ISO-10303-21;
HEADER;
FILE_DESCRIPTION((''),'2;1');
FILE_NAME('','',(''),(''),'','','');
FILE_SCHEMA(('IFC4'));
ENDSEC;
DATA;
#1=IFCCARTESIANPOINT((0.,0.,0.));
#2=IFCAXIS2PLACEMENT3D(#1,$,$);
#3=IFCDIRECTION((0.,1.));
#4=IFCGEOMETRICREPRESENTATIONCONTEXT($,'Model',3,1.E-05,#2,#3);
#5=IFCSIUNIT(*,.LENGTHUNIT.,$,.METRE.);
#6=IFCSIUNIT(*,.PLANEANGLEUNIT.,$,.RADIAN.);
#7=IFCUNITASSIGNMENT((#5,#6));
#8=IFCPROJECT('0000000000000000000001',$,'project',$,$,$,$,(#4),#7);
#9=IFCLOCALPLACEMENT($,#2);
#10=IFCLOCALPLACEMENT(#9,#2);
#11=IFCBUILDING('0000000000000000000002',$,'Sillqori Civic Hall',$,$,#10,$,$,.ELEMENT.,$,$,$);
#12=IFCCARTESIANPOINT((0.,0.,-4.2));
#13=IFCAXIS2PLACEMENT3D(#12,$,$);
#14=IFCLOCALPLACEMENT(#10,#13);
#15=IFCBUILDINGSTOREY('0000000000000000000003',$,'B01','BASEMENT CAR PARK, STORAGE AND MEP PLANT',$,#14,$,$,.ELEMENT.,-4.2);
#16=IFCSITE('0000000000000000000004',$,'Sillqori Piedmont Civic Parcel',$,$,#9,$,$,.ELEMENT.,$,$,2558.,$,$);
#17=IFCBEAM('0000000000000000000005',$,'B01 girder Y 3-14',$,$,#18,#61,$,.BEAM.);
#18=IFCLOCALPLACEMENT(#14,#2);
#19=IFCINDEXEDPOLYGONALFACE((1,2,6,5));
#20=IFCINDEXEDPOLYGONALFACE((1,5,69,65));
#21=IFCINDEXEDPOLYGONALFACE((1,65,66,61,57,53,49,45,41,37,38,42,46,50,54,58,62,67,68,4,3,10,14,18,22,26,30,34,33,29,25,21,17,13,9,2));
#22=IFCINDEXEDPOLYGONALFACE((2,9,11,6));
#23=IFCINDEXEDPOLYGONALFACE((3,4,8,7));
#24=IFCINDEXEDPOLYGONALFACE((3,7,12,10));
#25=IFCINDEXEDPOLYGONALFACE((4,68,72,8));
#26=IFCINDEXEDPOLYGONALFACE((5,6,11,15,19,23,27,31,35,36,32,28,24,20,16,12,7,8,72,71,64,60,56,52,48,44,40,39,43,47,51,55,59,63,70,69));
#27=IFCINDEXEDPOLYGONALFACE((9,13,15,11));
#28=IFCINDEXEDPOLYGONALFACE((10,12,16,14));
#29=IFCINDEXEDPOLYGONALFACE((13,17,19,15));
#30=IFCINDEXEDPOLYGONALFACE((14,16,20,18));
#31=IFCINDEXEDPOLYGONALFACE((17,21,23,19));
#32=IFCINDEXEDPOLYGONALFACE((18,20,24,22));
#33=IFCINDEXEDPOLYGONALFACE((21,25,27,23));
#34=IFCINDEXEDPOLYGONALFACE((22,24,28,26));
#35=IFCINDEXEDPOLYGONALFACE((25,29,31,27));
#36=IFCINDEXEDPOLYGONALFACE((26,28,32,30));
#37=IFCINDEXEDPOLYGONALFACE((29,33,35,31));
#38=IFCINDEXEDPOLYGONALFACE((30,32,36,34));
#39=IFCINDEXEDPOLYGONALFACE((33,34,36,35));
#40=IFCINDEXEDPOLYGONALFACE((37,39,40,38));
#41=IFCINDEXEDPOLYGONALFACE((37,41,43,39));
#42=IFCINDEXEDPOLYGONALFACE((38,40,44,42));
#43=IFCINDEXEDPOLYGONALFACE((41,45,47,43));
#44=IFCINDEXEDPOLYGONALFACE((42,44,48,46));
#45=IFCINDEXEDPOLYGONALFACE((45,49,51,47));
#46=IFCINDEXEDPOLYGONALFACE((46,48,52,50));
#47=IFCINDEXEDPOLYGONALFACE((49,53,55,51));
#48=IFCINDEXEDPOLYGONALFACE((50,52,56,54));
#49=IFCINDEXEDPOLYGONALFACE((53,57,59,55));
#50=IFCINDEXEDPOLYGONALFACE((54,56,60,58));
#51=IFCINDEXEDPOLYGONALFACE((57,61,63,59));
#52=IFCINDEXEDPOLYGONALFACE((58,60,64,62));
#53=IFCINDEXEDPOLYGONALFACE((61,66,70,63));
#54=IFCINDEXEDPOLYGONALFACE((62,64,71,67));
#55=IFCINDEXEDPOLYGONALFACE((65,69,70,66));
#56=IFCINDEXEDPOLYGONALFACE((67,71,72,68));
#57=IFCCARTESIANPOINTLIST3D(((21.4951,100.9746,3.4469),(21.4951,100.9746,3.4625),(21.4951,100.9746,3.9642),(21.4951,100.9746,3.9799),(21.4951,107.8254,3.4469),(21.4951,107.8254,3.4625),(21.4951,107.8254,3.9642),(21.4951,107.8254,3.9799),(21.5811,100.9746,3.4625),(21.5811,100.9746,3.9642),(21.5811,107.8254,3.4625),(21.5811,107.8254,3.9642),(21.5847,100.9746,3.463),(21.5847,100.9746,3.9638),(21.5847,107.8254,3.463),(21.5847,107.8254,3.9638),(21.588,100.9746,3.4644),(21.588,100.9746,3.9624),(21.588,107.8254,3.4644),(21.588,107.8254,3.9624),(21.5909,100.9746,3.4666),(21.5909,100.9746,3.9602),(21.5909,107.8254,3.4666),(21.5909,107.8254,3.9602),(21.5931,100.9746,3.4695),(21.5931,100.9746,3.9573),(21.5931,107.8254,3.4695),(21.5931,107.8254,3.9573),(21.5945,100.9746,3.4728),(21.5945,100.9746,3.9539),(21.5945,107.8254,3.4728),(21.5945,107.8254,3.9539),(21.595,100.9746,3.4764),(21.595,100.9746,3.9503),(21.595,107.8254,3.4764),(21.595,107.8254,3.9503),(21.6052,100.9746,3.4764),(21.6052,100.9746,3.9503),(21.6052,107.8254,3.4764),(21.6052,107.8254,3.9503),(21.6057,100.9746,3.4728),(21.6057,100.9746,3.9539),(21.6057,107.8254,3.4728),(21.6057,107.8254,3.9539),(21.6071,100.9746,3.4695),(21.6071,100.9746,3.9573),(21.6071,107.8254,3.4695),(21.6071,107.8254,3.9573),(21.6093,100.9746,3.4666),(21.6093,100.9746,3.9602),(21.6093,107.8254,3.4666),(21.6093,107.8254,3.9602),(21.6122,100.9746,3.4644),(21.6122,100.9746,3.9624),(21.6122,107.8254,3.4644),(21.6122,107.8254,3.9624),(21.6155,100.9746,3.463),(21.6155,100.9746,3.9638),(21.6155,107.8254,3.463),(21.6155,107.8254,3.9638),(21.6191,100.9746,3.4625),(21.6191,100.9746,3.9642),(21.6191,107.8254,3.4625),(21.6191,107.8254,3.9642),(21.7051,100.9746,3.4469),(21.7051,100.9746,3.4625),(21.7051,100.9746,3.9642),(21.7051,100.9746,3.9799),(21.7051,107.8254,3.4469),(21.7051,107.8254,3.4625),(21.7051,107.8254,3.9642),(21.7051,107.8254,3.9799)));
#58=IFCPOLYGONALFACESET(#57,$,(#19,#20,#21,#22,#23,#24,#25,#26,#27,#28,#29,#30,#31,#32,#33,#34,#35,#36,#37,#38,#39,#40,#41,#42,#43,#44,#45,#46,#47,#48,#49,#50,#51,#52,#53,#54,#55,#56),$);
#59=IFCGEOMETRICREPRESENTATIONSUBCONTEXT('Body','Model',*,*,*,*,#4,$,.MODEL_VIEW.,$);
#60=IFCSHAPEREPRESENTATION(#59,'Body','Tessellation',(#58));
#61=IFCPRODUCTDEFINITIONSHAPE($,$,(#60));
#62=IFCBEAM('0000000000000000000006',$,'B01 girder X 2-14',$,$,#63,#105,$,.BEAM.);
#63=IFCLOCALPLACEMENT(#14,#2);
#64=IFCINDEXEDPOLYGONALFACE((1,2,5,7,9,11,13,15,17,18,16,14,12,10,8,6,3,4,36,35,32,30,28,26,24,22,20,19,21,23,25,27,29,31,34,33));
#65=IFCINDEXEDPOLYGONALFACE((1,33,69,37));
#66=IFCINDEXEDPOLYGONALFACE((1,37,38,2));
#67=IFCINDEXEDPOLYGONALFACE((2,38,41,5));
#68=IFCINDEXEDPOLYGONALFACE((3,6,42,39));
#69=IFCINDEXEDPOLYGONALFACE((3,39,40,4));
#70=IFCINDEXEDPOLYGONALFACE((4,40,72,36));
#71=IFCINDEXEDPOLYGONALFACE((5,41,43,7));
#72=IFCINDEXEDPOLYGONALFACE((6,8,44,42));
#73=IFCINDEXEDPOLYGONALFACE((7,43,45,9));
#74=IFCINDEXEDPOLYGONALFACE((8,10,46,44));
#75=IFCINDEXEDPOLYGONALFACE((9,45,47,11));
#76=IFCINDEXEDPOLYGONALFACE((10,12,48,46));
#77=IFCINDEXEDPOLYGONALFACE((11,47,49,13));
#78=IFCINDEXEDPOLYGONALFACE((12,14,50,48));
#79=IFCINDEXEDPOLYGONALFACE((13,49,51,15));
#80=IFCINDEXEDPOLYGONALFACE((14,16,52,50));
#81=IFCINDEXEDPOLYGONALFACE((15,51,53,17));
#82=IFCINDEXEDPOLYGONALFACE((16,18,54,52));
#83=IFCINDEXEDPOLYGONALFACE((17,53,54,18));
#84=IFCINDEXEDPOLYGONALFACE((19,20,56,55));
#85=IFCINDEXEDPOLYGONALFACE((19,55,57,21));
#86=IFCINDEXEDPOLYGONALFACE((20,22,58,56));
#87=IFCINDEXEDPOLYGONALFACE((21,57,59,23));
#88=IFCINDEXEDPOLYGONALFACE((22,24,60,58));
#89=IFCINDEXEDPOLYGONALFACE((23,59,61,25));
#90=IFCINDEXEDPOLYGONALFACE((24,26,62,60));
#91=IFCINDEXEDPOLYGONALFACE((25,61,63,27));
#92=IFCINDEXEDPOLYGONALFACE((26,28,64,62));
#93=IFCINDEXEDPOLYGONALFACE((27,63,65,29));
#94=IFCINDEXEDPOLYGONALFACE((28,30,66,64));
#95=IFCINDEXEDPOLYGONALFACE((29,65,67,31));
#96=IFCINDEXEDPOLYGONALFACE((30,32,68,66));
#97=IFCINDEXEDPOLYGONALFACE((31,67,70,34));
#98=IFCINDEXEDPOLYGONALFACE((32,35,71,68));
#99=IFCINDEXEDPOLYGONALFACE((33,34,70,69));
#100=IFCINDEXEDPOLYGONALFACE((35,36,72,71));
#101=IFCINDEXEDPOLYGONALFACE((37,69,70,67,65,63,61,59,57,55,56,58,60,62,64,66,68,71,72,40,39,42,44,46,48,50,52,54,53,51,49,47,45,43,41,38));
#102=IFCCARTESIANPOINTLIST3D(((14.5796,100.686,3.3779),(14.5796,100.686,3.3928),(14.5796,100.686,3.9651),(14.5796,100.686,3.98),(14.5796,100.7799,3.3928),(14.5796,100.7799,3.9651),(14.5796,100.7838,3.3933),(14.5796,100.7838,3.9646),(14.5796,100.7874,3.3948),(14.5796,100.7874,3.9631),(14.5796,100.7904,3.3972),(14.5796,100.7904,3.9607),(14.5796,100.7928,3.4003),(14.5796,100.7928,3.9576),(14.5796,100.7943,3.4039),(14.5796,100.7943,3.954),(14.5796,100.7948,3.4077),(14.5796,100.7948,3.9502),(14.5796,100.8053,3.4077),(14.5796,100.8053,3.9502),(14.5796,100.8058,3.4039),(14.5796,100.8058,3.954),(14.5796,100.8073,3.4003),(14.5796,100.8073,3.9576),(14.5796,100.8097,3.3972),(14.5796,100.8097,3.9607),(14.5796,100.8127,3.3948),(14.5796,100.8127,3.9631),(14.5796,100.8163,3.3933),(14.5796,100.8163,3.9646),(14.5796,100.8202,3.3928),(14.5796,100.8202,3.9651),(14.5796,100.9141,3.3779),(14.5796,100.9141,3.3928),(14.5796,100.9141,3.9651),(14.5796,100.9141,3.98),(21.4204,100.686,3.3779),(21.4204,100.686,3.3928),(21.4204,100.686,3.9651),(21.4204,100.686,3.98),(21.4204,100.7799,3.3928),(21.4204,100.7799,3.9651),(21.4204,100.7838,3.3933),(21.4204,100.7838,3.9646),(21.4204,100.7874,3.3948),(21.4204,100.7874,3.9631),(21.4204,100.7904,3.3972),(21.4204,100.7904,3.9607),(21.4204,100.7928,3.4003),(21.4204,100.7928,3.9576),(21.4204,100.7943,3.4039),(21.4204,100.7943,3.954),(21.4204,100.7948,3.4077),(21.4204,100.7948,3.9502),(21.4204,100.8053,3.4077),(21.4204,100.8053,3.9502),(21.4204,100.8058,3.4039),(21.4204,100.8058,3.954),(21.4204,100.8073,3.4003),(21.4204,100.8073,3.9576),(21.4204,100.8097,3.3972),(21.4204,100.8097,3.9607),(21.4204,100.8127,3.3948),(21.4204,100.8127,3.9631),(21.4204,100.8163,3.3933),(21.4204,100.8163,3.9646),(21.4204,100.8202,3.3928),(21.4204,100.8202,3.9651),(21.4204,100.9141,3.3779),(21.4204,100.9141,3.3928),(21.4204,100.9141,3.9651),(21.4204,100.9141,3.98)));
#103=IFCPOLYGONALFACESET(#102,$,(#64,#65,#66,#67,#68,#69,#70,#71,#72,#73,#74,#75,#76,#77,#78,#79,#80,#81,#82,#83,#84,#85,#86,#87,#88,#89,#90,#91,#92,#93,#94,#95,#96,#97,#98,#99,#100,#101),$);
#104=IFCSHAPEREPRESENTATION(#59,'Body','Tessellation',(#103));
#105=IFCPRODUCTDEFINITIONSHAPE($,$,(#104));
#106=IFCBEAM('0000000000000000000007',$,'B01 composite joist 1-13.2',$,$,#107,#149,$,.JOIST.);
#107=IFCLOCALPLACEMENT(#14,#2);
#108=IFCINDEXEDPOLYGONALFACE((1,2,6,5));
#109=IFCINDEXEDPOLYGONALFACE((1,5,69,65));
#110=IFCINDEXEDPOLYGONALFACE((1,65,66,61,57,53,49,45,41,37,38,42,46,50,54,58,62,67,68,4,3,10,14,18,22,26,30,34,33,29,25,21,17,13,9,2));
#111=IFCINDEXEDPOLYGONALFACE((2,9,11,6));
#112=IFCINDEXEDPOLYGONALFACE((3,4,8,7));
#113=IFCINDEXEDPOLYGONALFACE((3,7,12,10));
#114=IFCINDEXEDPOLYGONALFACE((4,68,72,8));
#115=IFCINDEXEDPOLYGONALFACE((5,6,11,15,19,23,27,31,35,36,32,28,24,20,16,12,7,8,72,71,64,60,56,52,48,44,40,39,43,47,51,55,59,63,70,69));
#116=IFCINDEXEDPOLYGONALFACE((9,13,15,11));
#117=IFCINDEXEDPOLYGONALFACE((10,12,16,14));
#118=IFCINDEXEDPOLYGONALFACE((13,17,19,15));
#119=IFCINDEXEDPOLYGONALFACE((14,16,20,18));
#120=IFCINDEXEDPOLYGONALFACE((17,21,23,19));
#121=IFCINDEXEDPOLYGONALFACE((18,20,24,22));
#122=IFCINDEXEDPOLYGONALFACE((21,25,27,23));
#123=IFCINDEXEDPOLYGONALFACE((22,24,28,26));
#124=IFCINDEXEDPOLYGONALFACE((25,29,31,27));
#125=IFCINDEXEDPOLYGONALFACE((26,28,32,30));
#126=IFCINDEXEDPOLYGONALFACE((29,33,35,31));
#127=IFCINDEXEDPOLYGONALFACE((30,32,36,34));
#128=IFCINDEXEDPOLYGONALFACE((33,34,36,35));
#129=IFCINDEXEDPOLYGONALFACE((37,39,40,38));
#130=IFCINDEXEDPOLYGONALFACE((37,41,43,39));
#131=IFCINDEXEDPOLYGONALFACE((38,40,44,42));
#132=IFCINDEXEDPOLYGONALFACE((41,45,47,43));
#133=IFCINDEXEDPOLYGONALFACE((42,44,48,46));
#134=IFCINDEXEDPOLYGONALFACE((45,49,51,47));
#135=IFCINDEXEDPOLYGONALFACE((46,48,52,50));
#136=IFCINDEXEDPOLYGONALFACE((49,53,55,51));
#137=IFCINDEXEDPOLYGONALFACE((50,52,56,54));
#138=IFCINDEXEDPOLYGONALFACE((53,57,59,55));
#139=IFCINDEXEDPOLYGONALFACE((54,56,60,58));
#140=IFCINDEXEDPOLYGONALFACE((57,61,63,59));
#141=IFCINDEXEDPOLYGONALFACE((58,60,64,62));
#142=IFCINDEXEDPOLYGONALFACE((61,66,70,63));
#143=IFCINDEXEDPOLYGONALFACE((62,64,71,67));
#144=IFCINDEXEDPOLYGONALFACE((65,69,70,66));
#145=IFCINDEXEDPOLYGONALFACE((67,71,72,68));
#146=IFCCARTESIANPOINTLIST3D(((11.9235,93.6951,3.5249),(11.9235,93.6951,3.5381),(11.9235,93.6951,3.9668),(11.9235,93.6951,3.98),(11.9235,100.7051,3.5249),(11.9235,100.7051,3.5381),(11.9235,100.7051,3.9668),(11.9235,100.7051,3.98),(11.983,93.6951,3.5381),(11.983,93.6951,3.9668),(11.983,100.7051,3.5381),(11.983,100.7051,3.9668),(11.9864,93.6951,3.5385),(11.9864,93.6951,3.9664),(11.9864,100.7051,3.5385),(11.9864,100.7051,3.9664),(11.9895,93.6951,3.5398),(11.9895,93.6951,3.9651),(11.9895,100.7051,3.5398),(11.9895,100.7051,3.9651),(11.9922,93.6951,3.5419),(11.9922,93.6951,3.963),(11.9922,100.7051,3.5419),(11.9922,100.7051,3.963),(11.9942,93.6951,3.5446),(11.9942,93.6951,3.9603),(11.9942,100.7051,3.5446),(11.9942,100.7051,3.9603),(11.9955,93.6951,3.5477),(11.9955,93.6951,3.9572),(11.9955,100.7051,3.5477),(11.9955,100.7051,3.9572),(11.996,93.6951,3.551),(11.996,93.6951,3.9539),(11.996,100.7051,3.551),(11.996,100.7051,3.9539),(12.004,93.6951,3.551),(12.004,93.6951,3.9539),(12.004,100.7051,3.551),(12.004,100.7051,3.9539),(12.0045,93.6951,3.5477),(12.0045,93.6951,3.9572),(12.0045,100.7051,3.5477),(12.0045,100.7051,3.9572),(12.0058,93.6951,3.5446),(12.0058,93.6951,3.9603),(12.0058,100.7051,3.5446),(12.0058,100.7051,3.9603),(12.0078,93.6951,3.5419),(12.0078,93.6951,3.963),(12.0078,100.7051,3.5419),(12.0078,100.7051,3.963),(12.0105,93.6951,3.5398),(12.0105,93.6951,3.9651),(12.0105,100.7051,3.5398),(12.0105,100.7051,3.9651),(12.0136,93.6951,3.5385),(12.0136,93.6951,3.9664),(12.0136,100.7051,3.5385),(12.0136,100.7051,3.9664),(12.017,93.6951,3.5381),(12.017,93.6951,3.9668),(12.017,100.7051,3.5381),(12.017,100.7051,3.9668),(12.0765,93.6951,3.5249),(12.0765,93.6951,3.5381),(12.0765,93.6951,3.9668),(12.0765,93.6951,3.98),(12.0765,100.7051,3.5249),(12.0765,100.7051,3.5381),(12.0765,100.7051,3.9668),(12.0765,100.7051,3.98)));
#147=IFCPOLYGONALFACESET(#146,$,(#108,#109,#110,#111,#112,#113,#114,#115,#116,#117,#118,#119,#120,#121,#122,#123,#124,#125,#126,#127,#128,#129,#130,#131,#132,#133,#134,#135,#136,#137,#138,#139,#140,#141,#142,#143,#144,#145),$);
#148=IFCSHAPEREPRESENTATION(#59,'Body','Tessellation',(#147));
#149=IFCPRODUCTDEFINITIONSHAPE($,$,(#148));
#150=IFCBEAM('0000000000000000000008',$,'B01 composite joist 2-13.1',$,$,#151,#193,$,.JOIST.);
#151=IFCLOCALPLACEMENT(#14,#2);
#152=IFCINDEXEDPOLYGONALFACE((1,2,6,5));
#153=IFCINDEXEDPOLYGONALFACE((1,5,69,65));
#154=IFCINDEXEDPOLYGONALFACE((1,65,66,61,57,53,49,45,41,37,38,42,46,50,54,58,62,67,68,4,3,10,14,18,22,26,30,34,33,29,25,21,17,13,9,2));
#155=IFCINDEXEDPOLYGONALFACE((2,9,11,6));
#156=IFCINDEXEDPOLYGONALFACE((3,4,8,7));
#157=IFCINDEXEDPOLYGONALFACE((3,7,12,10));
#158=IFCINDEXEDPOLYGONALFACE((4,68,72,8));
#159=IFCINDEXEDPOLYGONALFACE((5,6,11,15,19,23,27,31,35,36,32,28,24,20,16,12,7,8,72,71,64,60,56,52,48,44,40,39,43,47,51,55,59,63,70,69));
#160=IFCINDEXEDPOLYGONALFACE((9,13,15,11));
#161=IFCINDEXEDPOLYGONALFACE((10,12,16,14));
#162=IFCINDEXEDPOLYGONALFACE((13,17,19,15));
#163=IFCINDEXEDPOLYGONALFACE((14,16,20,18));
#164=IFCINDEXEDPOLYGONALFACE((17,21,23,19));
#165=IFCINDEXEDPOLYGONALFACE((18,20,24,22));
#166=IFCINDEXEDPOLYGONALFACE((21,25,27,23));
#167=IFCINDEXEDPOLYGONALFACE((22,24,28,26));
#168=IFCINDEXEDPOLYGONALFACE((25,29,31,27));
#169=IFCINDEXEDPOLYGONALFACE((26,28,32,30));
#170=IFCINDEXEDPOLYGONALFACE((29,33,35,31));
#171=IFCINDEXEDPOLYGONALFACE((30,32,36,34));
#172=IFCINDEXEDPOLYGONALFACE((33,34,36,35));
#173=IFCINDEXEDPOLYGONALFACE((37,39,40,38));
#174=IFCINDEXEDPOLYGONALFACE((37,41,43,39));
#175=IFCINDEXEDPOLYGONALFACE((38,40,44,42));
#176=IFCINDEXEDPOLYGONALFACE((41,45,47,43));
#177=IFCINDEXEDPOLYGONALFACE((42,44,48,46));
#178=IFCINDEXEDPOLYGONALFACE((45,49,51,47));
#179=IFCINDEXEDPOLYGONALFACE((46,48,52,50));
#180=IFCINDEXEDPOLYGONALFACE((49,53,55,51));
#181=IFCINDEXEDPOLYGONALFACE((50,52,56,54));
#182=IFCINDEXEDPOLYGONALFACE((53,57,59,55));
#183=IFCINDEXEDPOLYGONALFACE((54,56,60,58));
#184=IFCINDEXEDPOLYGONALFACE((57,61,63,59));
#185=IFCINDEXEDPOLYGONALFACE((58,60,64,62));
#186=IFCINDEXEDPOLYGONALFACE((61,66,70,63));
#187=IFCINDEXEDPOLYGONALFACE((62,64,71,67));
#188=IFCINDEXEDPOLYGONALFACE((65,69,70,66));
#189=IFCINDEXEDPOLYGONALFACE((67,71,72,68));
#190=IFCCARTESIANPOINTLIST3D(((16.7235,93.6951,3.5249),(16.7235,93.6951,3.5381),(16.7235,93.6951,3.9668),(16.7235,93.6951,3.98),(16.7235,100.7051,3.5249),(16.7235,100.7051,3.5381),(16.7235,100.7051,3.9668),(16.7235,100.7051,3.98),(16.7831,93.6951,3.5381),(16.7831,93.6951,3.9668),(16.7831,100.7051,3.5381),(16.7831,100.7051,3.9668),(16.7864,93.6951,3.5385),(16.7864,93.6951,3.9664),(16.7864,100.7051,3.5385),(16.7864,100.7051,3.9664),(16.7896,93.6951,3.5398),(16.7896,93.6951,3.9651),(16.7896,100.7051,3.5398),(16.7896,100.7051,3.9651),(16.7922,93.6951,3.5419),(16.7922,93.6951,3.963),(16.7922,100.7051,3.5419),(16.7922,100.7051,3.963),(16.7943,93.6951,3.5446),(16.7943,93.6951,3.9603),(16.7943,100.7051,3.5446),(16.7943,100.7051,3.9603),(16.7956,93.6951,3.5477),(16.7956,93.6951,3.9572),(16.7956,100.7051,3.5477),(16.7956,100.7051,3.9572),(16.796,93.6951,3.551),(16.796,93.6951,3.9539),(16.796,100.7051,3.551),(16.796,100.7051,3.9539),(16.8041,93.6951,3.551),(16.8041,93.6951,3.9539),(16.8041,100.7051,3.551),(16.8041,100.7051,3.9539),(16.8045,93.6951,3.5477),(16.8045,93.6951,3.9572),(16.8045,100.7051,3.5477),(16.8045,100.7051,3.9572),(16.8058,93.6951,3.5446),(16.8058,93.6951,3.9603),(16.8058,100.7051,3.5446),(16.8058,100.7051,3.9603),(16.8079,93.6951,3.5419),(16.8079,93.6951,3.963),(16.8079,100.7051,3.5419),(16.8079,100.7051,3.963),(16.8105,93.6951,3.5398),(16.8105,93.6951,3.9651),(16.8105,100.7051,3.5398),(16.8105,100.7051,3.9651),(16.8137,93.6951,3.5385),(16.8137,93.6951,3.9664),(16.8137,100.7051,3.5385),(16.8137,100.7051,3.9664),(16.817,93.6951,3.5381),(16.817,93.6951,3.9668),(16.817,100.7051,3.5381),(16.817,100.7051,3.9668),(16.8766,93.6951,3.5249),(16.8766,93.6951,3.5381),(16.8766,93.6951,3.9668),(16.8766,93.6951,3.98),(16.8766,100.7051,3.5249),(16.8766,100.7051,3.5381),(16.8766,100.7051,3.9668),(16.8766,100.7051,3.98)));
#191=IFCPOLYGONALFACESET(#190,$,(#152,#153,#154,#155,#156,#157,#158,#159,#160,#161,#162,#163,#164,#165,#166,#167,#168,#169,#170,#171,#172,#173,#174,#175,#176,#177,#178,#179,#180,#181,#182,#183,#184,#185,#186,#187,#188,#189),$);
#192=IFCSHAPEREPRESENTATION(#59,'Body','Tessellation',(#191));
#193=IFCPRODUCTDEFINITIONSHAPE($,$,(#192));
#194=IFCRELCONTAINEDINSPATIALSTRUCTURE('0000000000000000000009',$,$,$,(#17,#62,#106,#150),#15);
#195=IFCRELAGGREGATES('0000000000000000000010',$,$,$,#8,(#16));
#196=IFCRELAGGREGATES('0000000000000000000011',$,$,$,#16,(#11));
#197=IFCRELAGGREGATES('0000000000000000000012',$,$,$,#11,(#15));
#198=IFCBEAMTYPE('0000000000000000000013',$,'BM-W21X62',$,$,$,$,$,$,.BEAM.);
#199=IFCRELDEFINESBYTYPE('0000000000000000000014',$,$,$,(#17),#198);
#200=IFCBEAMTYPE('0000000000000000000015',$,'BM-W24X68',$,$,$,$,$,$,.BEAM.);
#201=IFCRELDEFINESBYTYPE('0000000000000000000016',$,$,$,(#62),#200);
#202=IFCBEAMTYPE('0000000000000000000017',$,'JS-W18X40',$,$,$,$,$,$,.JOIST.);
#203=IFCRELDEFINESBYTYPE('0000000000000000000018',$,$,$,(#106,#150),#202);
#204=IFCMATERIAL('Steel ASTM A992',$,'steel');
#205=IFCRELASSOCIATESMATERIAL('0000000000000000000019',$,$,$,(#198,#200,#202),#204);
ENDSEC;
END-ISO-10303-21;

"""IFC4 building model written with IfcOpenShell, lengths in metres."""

from ifc_helpers import new_model, si_unit, direction, frame, origin, origin_2d, place, context, subcontext, project, spatial, i_section, extrude, material, material_profile, profile_set, type_object, element, save


model = new_model("IFC4")

# Units and contexts
model_context = context("Model", 3, precision=1e-05, world=origin(), true_north=direction((0.0, 1.0)))
body_context = subcontext(model_context, "Body", "Model", "MODEL_VIEW")
ifc_project = project(units=[si_unit("LENGTHUNIT", "METRE"), si_unit("PLANEANGLEUNIT", "RADIAN")], contexts=[model_context])

# Site, building, storey
site_placement = place(None, origin())
site = spatial("IfcSite", under=ifc_project, at=site_placement, Name="Sillqori Piedmont Civic Parcel", CompositionType="ELEMENT", RefElevation=2558.0)
building_placement = place(site_placement, origin())
building = spatial("IfcBuilding", under=site, at=building_placement, Name="Sillqori Civic Hall", CompositionType="ELEMENT")
storey_placement = place(building_placement, frame((0.0, 0.0, -4.2)))
storey = spatial("IfcBuildingStorey", under=building, at=storey_placement, Name="B01", Description="BASEMENT CAR PARK, STORAGE AND MEP PLANT", CompositionType="ELEMENT", Elevation=-4.2)

# Shared definitions
ifc_material_1 = material(Name="Steel ASTM A992", Category="steel")

# Beams
ifc_material_profile_1 = material_profile(ifc_material_1, i_section(OverallWidth=0.21, OverallDepth=0.533, WebThickness=0.0103, FlangeThickness=0.0156, FilletRadius=0.0139, at=origin_2d()), Name="W21X62")
ifc_profile_set_1 = profile_set([ifc_material_profile_1], Name="Steel ASTM A992")
beam_type_1 = type_object("IfcBeamType", Name="BM-W21X62", PredefinedType="BEAM", material=ifc_profile_set_1)
beam_1_placement = place(storey_placement, frame((21.6001, 100.9746, 3.7134), z_axis=(0.0, 1.0, 0.0), x_axis=(-1.0, 0.0, 0.0)))
element("IfcBeam", 1, at=beam_1_placement, inside=storey, type_object=beam_type_1, Name="B01 girder Y 3-14", PredefinedType="BEAM", context=body_context, shape_type="SweptSolid", body=[
    extrude(i_section(OverallWidth=0.21, OverallDepth=0.533, WebThickness=0.0103, FlangeThickness=0.0156, FilletRadius=0.0139, at=origin_2d()), origin(), (0.0, 0.0, 1.0), 6.8508),
])
ifc_material_profile_2 = material_profile(ifc_material_1, i_section(OverallWidth=0.228, OverallDepth=0.6021, WebThickness=0.0105, FlangeThickness=0.0149, FilletRadius=0.0149, at=origin_2d()), Name="W24X68")
ifc_profile_set_2 = profile_set([ifc_material_profile_2], Name="Steel ASTM A992")
beam_type_2 = type_object("IfcBeamType", Name="BM-W24X68", PredefinedType="BEAM", material=ifc_profile_set_2)
beam_2_placement = place(storey_placement, frame((14.5796, 100.8, 3.679), z_axis=(1.0, 0.0, 0.0), x_axis=(0.0, 1.0, 0.0)))
element("IfcBeam", 2, at=beam_2_placement, inside=storey, type_object=beam_type_2, Name="B01 girder X 2-14", PredefinedType="BEAM", context=body_context, shape_type="SweptSolid", body=[
    extrude(i_section(OverallWidth=0.228, OverallDepth=0.6021, WebThickness=0.0105, FlangeThickness=0.0149, FilletRadius=0.0149, at=origin_2d()), origin(), (0.0, 0.0, 1.0), 6.8408),
])
ifc_material_profile_3 = material_profile(ifc_material_1, i_section(OverallWidth=0.1531, OverallDepth=0.4551, WebThickness=0.0081, FlangeThickness=0.0132, FilletRadius=0.0129, at=origin_2d()), Name="W18X40")
ifc_profile_set_3 = profile_set([ifc_material_profile_3], Name="Steel ASTM A992")
beam_type_3 = type_object("IfcBeamType", Name="JS-W18X40", PredefinedType="JOIST", material=ifc_profile_set_3)
for number, where, z_axis, x_axis, name in (
    (3, (12.0, 93.6951, 3.7524), (0.0, 1.0, 0.0), (-1.0, 0.0, 0.0), "B01 composite joist 1-13.2"),
    (4, (16.8, 93.6951, 3.7524), (0.0, 1.0, 0.0), (-1.0, 0.0, 0.0), "B01 composite joist 2-13.1"),
):
    element("IfcBeam", number, at=place(storey_placement, frame(where, z_axis=z_axis, x_axis=x_axis)), inside=storey, type_object=beam_type_3, Name=name, PredefinedType="JOIST", context=body_context, shape_type="SweptSolid", body=[
        extrude(i_section(OverallWidth=0.1531, OverallDepth=0.4551, WebThickness=0.0081, FlangeThickness=0.0132, FilletRadius=0.0129, at=origin_2d()), origin(), (0.0, 0.0, 1.0), 7.01),
    ])

save(model, "model.ifc")
